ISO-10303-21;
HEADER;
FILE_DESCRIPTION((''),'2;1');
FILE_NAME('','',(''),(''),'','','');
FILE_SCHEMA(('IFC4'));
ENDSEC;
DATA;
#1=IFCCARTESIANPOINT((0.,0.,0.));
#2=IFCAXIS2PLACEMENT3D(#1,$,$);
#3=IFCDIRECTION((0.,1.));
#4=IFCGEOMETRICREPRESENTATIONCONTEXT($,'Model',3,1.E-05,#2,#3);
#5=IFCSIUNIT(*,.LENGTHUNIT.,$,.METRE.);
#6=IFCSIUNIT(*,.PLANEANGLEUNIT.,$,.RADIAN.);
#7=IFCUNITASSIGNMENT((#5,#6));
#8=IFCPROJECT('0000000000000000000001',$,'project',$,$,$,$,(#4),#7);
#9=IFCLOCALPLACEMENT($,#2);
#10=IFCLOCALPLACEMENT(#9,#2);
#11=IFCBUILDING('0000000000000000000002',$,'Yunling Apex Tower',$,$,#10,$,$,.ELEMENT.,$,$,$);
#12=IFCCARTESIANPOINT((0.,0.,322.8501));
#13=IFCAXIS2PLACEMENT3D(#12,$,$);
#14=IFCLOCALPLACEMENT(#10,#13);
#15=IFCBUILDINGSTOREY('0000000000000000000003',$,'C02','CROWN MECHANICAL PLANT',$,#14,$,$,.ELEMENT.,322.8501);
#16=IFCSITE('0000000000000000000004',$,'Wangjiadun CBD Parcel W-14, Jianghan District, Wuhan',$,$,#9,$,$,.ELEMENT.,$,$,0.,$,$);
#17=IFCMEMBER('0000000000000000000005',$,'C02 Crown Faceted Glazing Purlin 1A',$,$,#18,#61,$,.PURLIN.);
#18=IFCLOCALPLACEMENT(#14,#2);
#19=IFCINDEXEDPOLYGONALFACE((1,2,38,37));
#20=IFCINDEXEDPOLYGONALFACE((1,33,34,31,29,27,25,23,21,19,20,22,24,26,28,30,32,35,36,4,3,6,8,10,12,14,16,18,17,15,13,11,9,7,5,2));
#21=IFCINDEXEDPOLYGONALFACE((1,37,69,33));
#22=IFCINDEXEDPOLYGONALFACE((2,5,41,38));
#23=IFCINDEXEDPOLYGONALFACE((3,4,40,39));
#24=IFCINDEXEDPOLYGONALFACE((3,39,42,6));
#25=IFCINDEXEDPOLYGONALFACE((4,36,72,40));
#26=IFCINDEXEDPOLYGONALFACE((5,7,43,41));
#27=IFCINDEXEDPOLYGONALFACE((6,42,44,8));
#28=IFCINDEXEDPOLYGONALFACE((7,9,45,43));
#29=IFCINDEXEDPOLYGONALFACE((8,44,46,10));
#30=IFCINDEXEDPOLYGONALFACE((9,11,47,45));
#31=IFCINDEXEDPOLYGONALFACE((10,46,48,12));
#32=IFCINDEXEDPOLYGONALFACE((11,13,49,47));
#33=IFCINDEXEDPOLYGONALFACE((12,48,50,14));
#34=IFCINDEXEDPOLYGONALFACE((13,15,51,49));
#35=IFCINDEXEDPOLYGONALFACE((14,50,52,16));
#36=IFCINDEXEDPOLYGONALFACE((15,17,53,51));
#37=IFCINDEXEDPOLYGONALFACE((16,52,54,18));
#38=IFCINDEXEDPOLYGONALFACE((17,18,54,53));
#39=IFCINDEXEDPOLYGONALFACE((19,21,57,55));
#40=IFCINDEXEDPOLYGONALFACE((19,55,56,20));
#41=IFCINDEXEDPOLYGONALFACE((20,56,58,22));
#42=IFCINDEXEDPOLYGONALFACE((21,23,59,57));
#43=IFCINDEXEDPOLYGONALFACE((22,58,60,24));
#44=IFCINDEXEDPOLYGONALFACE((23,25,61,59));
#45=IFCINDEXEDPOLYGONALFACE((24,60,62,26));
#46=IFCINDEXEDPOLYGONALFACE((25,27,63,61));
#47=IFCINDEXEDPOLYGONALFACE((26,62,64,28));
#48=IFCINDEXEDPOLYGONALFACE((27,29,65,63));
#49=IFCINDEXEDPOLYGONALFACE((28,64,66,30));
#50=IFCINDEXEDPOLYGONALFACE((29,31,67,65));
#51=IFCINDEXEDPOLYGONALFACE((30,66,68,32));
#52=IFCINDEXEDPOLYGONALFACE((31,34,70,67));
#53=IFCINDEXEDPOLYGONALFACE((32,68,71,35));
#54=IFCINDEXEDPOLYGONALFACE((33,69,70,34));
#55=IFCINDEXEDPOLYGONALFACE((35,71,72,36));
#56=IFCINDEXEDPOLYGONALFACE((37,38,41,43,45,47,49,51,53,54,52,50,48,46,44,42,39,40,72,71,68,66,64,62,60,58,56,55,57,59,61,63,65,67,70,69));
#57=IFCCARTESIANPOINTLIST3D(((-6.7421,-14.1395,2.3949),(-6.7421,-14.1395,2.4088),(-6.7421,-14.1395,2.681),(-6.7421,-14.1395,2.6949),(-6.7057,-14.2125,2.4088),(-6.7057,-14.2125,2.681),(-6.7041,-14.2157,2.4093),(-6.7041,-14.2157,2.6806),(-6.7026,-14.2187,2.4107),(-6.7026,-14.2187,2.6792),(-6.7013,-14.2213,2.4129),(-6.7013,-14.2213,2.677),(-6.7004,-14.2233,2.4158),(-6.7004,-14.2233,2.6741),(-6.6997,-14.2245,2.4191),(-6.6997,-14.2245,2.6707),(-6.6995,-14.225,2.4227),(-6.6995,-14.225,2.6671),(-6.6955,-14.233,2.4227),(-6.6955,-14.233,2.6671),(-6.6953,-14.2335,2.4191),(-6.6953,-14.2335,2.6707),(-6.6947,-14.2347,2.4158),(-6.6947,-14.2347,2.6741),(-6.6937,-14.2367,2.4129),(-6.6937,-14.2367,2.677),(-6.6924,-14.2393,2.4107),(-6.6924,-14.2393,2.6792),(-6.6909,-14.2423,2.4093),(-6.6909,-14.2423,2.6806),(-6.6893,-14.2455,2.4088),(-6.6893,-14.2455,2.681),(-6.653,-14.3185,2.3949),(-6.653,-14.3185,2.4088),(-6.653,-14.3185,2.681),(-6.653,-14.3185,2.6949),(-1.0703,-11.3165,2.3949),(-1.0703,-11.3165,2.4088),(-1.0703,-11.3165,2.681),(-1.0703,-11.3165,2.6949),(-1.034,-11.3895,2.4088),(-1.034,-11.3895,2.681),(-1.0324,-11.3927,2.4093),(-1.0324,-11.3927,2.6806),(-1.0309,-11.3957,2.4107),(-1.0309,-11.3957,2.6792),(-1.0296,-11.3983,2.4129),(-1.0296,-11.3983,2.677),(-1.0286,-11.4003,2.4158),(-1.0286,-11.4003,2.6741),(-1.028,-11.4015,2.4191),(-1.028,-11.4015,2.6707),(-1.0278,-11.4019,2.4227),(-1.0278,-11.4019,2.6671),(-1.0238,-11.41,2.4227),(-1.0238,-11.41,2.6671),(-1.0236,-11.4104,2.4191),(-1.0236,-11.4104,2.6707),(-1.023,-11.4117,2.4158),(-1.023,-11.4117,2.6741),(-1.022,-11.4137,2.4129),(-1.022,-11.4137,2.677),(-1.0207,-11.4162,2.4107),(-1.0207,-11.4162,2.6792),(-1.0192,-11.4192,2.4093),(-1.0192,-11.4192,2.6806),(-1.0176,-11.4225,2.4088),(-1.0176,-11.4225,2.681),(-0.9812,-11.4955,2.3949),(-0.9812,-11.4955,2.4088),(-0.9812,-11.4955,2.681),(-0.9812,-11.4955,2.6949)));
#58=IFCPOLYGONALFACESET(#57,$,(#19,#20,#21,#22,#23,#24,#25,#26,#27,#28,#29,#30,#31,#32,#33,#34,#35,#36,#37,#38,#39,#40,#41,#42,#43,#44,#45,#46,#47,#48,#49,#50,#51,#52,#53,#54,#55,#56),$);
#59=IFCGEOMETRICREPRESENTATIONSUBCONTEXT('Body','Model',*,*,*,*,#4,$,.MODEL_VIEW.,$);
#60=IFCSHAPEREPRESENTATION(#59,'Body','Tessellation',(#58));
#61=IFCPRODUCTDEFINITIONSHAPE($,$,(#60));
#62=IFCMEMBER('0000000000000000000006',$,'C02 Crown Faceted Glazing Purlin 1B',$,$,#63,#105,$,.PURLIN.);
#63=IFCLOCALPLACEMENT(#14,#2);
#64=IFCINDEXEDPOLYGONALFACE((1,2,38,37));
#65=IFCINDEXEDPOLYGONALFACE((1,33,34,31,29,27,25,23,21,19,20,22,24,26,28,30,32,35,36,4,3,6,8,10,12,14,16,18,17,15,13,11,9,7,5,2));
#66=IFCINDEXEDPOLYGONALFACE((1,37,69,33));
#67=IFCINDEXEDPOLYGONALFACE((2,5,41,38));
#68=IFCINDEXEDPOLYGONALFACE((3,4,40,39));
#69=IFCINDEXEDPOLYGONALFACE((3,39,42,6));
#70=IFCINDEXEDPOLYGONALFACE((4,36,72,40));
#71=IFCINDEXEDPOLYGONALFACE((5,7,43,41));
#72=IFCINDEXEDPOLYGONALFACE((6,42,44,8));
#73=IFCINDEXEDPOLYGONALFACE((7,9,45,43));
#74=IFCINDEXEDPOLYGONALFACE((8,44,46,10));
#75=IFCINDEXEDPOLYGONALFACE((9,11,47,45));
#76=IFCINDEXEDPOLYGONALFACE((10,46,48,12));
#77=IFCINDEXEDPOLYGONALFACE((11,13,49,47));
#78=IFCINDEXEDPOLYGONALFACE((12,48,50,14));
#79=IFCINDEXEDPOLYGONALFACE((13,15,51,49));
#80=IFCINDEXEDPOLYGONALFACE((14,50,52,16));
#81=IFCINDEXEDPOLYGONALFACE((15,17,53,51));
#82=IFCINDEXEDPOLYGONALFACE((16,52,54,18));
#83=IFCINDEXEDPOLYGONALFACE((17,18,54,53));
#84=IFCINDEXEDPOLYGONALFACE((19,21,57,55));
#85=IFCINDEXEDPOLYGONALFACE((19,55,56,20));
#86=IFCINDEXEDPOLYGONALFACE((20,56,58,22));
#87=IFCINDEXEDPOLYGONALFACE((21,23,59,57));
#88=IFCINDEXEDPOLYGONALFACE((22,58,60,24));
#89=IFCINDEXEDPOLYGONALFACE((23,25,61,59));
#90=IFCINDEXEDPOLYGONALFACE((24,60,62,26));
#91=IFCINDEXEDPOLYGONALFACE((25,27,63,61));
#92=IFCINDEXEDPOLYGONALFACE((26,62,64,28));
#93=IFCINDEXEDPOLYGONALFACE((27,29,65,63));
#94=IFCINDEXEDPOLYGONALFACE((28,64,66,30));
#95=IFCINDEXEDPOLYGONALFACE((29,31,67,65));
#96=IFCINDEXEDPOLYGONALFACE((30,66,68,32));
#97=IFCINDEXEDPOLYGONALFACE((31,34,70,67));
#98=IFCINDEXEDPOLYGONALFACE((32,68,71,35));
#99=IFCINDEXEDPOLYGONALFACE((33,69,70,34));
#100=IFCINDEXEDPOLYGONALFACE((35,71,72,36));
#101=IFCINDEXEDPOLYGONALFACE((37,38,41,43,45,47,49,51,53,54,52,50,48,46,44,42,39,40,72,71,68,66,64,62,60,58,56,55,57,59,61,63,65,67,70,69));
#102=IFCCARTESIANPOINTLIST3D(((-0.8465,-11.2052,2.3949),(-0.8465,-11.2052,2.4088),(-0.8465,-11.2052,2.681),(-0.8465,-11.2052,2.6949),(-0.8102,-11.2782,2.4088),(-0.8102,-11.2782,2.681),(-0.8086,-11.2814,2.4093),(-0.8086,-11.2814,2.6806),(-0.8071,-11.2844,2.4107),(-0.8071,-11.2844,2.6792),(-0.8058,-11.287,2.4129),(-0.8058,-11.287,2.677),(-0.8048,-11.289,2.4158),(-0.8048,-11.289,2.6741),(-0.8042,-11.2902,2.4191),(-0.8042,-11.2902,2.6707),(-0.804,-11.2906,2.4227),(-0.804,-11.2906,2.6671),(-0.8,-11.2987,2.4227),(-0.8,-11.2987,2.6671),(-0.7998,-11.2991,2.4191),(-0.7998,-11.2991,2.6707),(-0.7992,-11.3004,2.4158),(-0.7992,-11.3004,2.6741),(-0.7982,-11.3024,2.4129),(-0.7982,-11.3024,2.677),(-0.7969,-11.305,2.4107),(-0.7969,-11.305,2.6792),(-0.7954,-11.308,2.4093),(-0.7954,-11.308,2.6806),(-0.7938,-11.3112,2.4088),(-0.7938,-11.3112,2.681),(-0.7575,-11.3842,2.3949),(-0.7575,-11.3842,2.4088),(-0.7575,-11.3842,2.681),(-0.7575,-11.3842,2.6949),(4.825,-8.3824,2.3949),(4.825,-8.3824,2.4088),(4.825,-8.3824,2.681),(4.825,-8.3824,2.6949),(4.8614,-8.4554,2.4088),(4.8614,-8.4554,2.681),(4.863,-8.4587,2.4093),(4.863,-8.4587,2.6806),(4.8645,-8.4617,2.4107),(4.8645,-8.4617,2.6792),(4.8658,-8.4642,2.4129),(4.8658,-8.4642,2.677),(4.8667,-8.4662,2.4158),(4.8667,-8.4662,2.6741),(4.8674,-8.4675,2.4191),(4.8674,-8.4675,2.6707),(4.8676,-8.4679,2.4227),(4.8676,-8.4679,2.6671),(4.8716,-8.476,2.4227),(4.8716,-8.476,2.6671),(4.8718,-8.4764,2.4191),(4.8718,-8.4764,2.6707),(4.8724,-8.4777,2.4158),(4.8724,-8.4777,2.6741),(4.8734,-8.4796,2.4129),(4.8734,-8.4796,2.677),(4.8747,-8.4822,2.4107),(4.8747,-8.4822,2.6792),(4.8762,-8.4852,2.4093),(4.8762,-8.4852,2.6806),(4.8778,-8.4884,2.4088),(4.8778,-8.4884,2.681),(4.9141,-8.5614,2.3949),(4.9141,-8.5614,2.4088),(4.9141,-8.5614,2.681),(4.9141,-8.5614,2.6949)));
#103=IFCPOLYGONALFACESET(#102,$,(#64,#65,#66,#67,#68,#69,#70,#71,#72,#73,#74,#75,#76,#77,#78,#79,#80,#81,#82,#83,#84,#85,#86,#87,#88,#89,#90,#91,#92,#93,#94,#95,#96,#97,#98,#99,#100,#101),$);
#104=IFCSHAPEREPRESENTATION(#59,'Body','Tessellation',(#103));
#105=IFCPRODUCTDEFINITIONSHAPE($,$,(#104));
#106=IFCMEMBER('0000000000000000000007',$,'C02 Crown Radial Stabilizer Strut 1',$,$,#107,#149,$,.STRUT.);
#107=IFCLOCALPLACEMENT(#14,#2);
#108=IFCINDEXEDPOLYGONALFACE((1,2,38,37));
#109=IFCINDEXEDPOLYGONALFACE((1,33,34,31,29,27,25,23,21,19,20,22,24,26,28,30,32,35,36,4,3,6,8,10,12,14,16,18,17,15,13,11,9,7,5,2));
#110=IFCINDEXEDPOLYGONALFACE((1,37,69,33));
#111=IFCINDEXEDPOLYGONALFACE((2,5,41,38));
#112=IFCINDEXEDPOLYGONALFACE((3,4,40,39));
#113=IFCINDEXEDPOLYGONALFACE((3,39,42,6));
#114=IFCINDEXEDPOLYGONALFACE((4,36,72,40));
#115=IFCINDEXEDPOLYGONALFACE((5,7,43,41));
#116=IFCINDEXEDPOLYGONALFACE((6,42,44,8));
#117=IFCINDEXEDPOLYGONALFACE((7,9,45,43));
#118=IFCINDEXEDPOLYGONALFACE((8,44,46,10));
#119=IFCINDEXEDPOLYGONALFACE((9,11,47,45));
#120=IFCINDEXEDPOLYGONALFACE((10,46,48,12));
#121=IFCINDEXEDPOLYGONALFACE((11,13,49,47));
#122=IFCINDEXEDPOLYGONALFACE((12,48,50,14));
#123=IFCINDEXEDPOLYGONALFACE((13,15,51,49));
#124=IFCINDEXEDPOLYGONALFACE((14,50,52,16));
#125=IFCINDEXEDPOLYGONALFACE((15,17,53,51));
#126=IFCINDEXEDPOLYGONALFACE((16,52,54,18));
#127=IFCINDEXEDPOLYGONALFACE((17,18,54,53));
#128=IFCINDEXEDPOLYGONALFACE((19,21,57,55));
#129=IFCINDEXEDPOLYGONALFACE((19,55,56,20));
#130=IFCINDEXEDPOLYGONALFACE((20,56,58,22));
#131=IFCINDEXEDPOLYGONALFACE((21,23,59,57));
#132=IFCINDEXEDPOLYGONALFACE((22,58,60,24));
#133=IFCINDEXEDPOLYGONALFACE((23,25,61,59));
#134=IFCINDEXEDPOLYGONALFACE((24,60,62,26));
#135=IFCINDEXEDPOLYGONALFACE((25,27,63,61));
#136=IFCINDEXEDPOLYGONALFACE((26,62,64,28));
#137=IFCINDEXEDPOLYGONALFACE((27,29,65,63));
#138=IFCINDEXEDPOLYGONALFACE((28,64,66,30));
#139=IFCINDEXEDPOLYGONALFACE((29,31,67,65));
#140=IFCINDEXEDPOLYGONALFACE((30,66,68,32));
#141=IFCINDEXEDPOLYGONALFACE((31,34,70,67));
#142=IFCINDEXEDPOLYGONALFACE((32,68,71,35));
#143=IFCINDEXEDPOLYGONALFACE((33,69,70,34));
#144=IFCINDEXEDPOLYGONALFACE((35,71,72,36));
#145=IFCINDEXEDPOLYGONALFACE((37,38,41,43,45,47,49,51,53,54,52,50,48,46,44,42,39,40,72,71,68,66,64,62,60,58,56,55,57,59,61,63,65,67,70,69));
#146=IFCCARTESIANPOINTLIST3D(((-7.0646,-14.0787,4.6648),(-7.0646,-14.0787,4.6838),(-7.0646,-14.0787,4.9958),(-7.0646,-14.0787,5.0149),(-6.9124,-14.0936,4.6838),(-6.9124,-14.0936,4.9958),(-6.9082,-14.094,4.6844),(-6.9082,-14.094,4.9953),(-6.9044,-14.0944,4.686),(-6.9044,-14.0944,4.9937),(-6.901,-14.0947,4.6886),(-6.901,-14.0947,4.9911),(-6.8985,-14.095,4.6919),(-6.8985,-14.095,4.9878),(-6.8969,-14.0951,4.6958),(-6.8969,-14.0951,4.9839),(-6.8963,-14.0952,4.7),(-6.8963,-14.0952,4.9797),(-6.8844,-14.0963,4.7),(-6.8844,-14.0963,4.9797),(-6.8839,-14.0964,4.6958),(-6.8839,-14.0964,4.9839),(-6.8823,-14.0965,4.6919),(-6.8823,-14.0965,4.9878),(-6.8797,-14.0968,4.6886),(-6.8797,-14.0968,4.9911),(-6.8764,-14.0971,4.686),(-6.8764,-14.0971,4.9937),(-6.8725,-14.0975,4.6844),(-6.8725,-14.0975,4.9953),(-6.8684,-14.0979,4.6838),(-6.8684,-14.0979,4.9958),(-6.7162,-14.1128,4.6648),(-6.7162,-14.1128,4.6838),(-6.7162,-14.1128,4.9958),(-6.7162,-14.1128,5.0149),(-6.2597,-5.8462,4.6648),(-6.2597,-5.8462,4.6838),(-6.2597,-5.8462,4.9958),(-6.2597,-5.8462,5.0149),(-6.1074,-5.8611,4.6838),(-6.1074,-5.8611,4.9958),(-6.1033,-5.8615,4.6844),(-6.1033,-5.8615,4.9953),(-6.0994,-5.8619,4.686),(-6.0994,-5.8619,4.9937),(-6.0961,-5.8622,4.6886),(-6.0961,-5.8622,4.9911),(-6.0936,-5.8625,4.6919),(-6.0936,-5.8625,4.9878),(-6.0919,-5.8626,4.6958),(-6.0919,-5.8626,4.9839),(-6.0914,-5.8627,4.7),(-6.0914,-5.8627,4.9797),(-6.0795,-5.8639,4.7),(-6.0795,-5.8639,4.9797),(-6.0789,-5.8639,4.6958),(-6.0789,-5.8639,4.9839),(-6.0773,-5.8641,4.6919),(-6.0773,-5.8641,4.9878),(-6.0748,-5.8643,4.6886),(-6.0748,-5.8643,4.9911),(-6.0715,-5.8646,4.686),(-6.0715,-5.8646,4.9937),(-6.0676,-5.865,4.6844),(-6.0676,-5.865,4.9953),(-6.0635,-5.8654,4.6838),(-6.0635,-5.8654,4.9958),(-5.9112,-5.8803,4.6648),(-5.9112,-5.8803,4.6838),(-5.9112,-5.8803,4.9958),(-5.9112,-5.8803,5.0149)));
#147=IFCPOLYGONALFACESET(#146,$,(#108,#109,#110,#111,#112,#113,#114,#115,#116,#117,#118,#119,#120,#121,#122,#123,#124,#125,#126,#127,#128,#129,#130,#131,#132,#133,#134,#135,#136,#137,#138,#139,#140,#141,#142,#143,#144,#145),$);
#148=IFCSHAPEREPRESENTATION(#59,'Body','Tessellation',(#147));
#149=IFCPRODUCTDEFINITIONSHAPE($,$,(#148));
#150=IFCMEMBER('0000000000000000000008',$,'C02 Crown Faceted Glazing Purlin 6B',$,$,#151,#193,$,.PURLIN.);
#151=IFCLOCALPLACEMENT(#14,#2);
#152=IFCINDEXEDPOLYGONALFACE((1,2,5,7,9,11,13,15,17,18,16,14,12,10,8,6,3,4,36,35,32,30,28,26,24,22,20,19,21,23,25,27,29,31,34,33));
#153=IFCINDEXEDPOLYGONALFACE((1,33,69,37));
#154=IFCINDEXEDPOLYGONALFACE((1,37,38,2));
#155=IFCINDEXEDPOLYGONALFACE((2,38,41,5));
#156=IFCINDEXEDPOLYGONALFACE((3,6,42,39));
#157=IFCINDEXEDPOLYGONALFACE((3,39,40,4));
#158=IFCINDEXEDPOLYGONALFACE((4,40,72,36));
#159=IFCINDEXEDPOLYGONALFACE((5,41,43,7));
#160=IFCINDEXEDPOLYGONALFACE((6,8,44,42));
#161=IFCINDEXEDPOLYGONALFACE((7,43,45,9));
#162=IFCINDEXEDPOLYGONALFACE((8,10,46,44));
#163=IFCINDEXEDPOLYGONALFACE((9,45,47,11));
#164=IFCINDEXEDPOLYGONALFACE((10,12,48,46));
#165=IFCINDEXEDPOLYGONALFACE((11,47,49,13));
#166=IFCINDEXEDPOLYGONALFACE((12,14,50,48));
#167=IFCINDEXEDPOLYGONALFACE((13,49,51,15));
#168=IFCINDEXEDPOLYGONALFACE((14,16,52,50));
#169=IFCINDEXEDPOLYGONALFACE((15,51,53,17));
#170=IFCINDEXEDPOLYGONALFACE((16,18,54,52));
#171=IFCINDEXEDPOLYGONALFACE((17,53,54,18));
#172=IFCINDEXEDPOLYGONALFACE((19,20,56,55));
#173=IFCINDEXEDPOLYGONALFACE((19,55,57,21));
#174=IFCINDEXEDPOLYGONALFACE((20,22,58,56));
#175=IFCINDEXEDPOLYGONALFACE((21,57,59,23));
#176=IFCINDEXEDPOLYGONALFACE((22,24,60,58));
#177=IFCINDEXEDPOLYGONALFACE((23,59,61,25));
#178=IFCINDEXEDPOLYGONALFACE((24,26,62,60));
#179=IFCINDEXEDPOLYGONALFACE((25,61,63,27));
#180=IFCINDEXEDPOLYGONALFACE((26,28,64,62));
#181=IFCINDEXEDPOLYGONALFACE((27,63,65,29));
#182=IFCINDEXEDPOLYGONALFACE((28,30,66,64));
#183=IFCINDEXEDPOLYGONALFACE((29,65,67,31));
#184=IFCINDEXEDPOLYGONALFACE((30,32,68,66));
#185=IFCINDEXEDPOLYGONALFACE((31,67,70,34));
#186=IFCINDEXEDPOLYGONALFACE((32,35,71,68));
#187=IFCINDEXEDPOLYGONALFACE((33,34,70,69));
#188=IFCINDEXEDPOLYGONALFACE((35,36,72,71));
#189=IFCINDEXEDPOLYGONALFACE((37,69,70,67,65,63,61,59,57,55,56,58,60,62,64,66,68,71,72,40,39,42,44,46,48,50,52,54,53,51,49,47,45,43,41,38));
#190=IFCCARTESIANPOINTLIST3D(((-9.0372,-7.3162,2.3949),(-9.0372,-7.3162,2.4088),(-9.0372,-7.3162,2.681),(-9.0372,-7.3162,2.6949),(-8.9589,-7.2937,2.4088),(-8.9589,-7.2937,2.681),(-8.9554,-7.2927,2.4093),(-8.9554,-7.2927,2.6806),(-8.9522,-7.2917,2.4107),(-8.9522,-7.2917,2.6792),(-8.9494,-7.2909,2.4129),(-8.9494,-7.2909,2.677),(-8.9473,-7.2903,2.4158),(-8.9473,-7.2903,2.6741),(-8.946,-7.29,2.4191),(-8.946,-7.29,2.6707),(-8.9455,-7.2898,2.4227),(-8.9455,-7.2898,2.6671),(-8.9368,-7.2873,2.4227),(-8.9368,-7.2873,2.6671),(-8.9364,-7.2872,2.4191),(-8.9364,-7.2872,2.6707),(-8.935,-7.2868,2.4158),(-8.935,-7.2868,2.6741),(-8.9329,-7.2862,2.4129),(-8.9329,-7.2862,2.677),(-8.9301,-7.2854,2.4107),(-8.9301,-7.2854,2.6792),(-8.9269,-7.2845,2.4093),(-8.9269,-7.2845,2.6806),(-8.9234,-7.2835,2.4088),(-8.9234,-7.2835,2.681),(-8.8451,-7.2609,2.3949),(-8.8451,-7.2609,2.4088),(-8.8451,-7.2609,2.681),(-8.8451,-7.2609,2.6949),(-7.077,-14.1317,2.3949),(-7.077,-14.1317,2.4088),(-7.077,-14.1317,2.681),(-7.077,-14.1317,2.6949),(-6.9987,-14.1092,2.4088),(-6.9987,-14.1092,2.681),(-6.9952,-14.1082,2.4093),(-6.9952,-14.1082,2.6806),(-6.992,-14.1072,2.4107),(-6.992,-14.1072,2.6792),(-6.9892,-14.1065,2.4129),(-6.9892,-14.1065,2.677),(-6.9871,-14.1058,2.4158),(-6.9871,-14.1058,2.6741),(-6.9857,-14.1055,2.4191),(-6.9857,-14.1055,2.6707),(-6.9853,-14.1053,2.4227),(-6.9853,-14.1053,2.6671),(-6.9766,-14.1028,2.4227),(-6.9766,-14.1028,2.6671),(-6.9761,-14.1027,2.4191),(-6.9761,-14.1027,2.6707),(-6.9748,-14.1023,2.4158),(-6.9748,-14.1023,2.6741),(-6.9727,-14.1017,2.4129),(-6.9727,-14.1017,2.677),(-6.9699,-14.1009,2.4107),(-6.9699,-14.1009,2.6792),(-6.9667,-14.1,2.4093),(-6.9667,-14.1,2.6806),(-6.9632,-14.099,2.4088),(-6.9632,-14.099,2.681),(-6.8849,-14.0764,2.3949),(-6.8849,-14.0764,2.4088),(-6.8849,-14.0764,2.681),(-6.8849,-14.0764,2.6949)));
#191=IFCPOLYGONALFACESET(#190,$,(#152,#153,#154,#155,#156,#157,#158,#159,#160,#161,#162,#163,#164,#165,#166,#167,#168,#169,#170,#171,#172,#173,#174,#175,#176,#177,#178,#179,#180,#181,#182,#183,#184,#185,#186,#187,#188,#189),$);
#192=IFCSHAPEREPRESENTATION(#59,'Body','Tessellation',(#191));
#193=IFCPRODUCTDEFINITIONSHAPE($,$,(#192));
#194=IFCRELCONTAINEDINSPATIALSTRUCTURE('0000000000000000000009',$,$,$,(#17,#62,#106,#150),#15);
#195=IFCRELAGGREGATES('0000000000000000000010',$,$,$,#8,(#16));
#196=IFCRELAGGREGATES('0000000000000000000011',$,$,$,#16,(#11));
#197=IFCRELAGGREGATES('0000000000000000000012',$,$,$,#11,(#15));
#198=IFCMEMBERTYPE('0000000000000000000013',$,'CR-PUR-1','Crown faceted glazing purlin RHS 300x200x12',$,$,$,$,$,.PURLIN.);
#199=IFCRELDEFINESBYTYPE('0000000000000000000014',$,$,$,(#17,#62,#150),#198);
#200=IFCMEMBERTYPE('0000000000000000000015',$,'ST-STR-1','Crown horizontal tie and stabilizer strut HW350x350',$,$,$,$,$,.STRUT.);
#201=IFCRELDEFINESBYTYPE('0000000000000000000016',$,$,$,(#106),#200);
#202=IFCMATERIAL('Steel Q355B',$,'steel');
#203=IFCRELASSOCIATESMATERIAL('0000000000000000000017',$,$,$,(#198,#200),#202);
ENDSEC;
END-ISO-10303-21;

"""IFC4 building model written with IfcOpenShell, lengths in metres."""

from ifc_helpers import new_model, si_unit, direction, frame, origin, origin_2d, place, context, subcontext, project, spatial, i_section, extrude, source, transform, mapped, material, material_profile, profile_set, type_object, element, save


model = new_model("IFC4")

# Units and contexts
model_context = context("Model", 3, precision=1e-05, world=origin(), true_north=direction((0.0, 1.0)))
body_context = subcontext(model_context, "Body", "Model", "MODEL_VIEW")
ifc_project = project(units=[si_unit("LENGTHUNIT", "METRE"), si_unit("PLANEANGLEUNIT", "RADIAN")], contexts=[model_context])

# Site, building, storey
site_placement = place(None, origin())
site = spatial("IfcSite", under=ifc_project, at=site_placement, Name="Wangjiadun CBD Parcel W-14, Jianghan District, Wuhan", CompositionType="ELEMENT", RefElevation=0.0)
building_placement = place(site_placement, origin())
building = spatial("IfcBuilding", under=site, at=building_placement, Name="Yunling Apex Tower", CompositionType="ELEMENT")
storey_placement = place(building_placement, frame((0.0, 0.0, 322.8501)))
storey = spatial("IfcBuildingStorey", under=building, at=storey_placement, Name="C02", Description="CROWN MECHANICAL PLANT", CompositionType="ELEMENT", Elevation=322.8501)

# Shared definitions
ifc_material_1 = material(Name="Steel Q355B", Category="steel")

# Members
ifc_material_profile_1 = material_profile(ifc_material_1, i_section(OverallWidth=0.2, OverallDepth=0.3, WebThickness=0.009, FlangeThickness=0.0139, FilletRadius=0.0139, at=origin_2d()))
ifc_profile_set_1 = profile_set([ifc_material_profile_1], Name="Steel Q355B")
member_type_1 = type_object("IfcMemberType", Name="CR-PUR-1", Description="Crown faceted glazing purlin RHS 300x200x12", PredefinedType="PURLIN", material=ifc_profile_set_1)
shared_shape_1 = source(origin(), body_context, "Body", "SweptSolid", [
    extrude(i_section(OverallWidth=0.2, OverallDepth=0.3, WebThickness=0.009, FlangeThickness=0.0139, FilletRadius=0.0139, at=origin_2d()), origin(), (0.0, 0.0, 1.0), 6.3354),
])
member_1_placement = place(storey_placement, frame((-6.6975, -14.229, 2.5449), z_axis=(0.895235, 0.445594, 0.0), x_axis=(-0.445594, 0.895235, 0.0)))
element("IfcMember", 1, at=member_1_placement, inside=storey, type_object=member_type_1, Name="C02 Crown Faceted Glazing Purlin 1A", PredefinedType="PURLIN", context=body_context, shape_type="MappedRepresentation", body=[
    mapped(shared_shape_1, transform((0.0, 0.0, 0.0), scale=1.0)),
])
shared_shape_2 = source(origin(), body_context, "Body", "SweptSolid", [
    extrude(i_section(OverallWidth=0.2, OverallDepth=0.3, WebThickness=0.009, FlangeThickness=0.0139, FilletRadius=0.0139, at=origin_2d()), origin(), (0.0, 0.0, 1.0), 6.3352),
])
member_2_placement = place(storey_placement, frame((-0.802, -11.2947, 2.5449), z_axis=(0.89525, 0.445563, 0.0), x_axis=(-0.445563, 0.89525, 0.0)))
element("IfcMember", 2, at=member_2_placement, inside=storey, type_object=member_type_1, Name="C02 Crown Faceted Glazing Purlin 1B", PredefinedType="PURLIN", context=body_context, shape_type="MappedRepresentation", body=[
    mapped(shared_shape_2, transform((0.0, 0.0, 0.0), scale=1.0)),
])
ifc_material_profile_2 = material_profile(ifc_material_1, i_section(OverallWidth=0.3501, OverallDepth=0.3501, WebThickness=0.012, FlangeThickness=0.019, FilletRadius=0.0161, at=origin_2d()))
ifc_profile_set_2 = profile_set([ifc_material_profile_2], Name="Steel Q355B")
member_type_2 = type_object("IfcMemberType", Name="ST-STR-1", Description="Crown horizontal tie and stabilizer strut HW350x350", PredefinedType="STRUT", material=ifc_profile_set_2)
shared_shape_3 = source(origin(), body_context, "Body", "SweptSolid", [
    extrude(i_section(OverallWidth=0.3501, OverallDepth=0.3501, WebThickness=0.012, FlangeThickness=0.019, FilletRadius=0.0161, at=origin_2d()), origin(), (0.0, 0.0, 1.0), 8.2717),
])
member_3_placement = place(storey_placement, frame((-6.0854, -5.8633, 4.8398), z_axis=(-0.097312, -0.995254, 0.0), x_axis=(0.995254, -0.097312, 0.0)))
element("IfcMember", 3, at=member_3_placement, inside=storey, type_object=member_type_2, Name="C02 Crown Radial Stabilizer Strut 1", PredefinedType="STRUT", context=body_context, shape_type="MappedRepresentation", body=[
    mapped(shared_shape_3, transform((0.0, 0.0, 0.0), scale=1.0)),
])
shared_shape_4 = source(origin(), body_context, "Body", "SweptSolid", [
    extrude(i_section(OverallWidth=0.2, OverallDepth=0.3, WebThickness=0.009, FlangeThickness=0.0139, FilletRadius=0.0139, at=origin_2d()), origin(), (0.0, 0.0, 1.0), 7.0918),
])
member_4_placement = place(storey_placement, frame((-8.9412, -7.2886, 2.5449), z_axis=(0.276408, -0.961041, 0.0), x_axis=(0.961041, 0.276408, 0.0)))
element("IfcMember", 4, at=member_4_placement, inside=storey, type_object=member_type_1, Name="C02 Crown Faceted Glazing Purlin 6B", PredefinedType="PURLIN", context=body_context, shape_type="MappedRepresentation", body=[
    mapped(shared_shape_4, transform((0.0, 0.0, 0.0), scale=1.0)),
])

save(model, "model.ifc")
